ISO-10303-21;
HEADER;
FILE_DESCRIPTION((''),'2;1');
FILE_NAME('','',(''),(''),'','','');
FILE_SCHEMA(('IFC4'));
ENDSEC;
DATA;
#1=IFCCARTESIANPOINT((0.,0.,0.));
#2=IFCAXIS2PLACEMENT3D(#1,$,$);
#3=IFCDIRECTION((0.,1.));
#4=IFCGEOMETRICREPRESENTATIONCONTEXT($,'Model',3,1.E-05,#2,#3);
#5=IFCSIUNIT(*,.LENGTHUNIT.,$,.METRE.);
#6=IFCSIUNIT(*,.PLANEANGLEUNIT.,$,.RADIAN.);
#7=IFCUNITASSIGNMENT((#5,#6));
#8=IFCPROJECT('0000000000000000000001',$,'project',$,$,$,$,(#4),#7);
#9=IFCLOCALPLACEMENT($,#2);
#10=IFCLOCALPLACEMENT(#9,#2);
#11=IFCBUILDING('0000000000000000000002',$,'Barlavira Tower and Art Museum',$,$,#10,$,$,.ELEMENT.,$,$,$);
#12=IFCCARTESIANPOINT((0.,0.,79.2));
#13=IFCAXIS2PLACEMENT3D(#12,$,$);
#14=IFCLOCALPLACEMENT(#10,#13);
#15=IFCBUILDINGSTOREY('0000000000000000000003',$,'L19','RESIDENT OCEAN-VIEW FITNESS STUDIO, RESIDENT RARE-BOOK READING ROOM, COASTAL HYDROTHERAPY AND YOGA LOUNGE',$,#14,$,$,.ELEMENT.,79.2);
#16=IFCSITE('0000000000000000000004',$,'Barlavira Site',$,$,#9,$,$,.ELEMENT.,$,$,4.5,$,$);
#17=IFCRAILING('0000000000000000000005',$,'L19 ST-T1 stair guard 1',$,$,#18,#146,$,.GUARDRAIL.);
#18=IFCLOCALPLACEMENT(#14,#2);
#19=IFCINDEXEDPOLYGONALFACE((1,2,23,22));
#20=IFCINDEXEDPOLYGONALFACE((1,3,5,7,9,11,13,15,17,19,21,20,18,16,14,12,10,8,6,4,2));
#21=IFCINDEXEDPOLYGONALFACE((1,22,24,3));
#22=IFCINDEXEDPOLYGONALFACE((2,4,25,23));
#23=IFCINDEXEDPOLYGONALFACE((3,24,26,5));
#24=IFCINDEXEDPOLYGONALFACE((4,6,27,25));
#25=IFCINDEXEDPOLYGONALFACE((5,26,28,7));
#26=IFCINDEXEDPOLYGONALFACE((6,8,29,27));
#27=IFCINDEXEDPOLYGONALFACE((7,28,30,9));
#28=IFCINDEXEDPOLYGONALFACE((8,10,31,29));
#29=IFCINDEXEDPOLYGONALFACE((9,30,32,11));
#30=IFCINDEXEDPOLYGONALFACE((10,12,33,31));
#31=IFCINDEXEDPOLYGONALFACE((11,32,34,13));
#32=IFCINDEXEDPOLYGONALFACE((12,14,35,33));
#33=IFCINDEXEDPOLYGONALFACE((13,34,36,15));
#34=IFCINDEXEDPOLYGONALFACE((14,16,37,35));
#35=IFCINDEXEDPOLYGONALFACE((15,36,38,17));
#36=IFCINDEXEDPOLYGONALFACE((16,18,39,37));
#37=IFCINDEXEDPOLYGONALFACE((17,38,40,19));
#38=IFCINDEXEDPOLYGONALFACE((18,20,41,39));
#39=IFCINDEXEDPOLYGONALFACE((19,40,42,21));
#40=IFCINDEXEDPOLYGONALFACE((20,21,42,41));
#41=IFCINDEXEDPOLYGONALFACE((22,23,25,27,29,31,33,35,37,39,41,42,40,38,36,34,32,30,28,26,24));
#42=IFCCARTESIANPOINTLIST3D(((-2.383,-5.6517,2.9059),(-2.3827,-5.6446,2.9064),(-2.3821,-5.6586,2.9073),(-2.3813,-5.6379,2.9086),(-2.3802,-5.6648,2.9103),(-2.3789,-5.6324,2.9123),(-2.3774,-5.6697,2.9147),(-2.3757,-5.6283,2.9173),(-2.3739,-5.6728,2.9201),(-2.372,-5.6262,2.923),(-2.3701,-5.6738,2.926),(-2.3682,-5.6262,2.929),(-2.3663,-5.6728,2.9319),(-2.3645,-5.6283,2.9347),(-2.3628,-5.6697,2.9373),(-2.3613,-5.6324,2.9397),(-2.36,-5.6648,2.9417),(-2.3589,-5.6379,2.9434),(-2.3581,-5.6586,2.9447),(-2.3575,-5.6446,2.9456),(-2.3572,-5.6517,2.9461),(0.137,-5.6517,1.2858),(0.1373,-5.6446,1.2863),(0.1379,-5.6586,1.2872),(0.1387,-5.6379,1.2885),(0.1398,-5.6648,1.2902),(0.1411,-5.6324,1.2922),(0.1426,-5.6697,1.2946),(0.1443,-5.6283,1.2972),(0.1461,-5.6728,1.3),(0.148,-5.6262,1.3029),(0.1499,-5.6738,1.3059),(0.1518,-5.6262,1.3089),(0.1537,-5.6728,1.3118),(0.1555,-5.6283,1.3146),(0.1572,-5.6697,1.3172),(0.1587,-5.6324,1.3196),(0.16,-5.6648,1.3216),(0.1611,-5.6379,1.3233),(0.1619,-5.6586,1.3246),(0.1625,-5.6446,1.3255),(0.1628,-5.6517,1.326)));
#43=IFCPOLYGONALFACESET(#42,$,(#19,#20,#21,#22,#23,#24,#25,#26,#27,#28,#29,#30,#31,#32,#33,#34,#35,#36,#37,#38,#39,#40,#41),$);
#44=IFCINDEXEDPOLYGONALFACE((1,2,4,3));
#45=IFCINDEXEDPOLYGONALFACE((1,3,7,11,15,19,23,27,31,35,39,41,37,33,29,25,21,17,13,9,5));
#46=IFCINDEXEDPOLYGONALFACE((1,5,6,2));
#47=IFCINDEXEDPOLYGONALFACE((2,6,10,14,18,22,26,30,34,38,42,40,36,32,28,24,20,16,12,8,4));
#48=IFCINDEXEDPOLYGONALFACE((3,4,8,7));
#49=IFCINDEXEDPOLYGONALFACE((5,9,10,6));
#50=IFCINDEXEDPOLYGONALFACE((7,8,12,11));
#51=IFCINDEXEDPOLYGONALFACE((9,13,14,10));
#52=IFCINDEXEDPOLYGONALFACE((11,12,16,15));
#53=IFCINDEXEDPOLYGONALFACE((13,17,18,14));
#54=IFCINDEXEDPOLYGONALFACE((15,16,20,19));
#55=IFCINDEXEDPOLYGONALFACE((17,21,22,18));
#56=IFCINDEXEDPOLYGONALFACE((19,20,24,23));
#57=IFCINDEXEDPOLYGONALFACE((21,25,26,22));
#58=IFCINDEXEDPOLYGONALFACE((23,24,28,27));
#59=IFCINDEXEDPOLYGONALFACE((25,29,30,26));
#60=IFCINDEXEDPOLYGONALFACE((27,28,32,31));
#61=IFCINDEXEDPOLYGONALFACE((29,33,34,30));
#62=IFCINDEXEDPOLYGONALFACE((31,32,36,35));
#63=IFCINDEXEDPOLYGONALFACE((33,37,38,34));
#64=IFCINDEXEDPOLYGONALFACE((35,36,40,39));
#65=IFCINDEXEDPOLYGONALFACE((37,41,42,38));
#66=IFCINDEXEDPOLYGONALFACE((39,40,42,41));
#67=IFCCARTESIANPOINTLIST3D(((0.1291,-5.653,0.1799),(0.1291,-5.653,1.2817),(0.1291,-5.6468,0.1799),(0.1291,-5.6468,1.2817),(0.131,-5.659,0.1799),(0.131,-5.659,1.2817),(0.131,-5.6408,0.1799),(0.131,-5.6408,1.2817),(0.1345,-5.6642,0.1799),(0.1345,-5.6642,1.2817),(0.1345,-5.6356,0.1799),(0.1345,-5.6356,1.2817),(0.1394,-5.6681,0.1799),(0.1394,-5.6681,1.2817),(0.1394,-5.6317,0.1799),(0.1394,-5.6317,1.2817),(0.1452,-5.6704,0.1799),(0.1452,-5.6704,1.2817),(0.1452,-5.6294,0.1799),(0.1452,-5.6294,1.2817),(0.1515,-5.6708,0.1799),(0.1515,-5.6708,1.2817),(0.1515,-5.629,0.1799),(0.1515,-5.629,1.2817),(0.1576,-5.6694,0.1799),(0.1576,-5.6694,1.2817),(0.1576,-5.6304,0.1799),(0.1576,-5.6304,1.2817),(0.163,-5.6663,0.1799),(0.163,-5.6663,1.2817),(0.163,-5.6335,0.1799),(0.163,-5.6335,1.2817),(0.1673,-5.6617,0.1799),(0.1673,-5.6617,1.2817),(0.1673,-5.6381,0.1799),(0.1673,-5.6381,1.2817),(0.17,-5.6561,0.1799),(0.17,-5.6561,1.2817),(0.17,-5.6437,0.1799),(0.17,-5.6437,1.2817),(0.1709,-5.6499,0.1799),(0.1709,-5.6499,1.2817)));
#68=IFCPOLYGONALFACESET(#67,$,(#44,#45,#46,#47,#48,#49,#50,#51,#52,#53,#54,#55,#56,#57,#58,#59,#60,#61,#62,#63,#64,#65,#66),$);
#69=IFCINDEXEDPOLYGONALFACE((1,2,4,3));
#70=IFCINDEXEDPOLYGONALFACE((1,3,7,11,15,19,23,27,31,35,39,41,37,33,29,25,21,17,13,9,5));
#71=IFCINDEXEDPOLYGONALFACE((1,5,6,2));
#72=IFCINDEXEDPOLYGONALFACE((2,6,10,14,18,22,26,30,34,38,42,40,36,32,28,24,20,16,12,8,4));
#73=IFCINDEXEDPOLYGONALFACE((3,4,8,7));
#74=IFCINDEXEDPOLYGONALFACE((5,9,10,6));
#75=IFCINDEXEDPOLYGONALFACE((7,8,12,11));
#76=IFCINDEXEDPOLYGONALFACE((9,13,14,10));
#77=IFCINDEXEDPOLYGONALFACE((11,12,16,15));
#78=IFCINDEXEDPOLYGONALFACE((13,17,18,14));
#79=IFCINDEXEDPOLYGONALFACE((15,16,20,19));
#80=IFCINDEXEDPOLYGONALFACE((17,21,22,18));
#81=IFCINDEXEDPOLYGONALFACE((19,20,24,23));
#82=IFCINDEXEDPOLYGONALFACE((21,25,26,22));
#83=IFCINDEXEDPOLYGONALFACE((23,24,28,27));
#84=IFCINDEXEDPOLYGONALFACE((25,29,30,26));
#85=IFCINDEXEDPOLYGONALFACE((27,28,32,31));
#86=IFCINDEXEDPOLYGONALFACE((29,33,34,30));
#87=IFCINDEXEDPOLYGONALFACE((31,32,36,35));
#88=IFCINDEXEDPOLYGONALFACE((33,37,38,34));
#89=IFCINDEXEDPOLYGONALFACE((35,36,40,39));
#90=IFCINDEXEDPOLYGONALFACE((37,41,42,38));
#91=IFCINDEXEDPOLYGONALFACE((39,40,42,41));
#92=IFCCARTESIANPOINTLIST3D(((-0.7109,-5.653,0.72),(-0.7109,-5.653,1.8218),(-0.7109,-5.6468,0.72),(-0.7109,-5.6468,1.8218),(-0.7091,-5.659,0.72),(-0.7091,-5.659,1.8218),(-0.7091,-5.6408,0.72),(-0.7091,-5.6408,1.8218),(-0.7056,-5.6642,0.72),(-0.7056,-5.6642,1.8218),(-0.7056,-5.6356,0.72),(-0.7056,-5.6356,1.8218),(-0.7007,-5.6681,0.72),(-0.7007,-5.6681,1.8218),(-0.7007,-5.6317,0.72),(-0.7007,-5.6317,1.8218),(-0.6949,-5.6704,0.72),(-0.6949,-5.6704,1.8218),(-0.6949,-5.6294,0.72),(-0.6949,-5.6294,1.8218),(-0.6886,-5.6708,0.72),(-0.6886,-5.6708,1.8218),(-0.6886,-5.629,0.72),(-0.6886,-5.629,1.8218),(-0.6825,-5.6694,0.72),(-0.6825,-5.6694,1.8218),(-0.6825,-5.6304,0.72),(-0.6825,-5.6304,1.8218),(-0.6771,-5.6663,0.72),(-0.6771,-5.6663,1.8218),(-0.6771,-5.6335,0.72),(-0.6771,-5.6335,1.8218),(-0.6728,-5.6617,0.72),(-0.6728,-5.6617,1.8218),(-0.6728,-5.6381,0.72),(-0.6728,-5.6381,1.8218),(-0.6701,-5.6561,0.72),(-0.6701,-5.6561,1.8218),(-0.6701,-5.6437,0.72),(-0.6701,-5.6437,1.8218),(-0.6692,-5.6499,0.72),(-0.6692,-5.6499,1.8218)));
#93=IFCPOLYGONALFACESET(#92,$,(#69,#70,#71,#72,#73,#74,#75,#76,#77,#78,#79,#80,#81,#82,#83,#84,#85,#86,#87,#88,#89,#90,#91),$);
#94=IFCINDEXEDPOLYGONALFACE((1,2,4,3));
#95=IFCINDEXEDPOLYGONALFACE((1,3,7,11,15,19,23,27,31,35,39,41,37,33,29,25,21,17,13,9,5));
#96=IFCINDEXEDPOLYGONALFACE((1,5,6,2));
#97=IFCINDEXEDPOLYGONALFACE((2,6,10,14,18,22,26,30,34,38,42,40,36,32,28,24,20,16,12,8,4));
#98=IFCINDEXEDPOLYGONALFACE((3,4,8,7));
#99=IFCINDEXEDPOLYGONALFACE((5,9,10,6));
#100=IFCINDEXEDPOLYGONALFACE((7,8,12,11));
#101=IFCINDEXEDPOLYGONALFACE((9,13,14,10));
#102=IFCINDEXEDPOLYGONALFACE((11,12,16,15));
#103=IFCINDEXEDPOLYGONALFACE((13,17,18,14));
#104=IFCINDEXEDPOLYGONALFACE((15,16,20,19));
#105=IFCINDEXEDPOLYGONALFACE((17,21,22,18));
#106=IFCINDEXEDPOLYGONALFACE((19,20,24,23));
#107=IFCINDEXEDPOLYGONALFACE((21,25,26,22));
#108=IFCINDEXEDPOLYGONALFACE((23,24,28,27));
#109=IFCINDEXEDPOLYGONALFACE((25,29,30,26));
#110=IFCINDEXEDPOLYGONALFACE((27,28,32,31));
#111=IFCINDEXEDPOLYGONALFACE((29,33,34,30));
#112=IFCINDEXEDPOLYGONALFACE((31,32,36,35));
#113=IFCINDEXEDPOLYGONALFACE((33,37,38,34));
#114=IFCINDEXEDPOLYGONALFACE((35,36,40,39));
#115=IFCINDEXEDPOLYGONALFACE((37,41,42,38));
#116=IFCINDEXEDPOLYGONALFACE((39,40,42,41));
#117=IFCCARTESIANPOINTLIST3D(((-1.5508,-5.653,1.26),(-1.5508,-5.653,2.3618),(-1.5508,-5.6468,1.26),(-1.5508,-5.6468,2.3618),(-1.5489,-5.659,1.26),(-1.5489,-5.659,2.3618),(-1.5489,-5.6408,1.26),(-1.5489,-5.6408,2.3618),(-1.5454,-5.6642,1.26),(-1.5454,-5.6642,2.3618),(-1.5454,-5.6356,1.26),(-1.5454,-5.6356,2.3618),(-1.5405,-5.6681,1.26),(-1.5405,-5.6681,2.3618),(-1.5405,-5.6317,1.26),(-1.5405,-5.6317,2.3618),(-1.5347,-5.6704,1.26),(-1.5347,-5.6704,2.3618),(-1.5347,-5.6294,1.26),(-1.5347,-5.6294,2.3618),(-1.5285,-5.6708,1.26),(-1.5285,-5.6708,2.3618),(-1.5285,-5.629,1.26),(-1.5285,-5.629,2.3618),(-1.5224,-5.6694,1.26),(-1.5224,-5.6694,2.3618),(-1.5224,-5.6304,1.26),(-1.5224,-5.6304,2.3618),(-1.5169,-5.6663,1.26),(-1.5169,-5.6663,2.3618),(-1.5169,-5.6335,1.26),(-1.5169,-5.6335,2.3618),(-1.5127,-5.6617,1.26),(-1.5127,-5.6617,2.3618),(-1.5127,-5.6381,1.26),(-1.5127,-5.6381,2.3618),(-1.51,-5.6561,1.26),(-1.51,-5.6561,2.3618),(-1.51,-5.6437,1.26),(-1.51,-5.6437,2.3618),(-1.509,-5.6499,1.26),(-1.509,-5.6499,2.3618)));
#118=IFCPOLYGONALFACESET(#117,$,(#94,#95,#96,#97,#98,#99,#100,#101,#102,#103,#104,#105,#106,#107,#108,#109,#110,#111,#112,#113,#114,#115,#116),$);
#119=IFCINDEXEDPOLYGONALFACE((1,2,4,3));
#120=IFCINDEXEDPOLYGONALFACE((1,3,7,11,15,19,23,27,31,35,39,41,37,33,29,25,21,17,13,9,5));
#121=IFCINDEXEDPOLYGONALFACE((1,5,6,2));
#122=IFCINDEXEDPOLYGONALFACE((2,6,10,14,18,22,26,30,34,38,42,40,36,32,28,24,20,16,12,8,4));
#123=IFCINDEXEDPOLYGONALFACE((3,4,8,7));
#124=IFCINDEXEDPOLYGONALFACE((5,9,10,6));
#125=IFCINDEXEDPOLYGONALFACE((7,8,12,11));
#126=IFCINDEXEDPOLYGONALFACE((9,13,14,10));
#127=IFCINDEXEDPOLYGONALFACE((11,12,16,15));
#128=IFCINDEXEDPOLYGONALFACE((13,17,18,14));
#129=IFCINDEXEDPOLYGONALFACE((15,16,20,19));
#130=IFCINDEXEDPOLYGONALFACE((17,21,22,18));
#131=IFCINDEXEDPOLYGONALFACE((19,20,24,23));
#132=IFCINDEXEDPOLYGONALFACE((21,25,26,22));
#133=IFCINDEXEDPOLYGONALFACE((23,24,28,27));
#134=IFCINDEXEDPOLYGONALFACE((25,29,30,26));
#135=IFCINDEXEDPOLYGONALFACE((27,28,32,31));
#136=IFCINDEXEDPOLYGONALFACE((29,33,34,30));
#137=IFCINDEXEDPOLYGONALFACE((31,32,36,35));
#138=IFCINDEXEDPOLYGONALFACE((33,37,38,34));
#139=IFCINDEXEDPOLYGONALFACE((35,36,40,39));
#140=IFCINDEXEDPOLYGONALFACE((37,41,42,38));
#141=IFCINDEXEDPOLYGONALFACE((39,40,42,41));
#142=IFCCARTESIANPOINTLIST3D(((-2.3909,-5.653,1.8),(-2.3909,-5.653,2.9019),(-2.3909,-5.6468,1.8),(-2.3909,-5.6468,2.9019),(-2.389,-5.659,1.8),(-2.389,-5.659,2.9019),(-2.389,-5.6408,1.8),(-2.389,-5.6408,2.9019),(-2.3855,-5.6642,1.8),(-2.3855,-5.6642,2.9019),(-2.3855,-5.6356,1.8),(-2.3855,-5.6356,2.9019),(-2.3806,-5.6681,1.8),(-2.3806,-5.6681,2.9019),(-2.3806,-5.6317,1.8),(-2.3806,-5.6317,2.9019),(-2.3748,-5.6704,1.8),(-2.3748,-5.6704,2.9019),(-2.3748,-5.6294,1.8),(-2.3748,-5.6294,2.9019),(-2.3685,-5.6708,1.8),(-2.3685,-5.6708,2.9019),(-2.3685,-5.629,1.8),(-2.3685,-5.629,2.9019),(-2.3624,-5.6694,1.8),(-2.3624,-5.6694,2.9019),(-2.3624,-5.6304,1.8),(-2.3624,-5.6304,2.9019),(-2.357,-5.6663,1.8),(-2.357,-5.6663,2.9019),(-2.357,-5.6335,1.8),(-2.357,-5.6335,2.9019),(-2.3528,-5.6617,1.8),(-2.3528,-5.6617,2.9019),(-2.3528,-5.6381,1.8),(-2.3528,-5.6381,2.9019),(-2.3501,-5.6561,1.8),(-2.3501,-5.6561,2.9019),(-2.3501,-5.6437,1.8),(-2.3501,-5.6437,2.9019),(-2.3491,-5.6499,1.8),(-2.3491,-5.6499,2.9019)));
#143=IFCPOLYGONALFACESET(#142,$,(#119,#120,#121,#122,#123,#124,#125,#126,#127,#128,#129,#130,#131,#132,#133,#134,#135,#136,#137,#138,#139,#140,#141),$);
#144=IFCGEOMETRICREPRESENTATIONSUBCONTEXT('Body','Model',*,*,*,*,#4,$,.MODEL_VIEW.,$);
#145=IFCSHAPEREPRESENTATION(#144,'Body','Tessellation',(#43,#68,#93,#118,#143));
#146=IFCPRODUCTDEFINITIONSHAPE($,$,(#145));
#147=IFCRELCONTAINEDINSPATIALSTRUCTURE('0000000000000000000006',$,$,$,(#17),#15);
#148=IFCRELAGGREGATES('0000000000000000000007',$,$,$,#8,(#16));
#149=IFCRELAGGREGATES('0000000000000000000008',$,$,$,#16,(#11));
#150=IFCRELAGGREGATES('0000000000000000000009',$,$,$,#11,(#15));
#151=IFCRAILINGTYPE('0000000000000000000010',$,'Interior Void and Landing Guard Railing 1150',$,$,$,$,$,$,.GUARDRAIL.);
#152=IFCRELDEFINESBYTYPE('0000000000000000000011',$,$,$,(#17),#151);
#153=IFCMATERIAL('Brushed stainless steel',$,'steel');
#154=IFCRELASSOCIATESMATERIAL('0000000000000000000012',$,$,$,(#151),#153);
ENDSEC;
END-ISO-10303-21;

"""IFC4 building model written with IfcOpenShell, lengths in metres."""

from ifc_helpers import new_model, si_unit, direction, frame, origin, origin_2d, place, context, subcontext, project, spatial, circle, extrude, material, type_object, element, save


model = new_model("IFC4")

# Units and contexts
model_context = context("Model", 3, precision=1e-05, world=origin(), true_north=direction((0.0, 1.0)))
body_context = subcontext(model_context, "Body", "Model", "MODEL_VIEW")
ifc_project = project(units=[si_unit("LENGTHUNIT", "METRE"), si_unit("PLANEANGLEUNIT", "RADIAN")], contexts=[model_context])

# Site, building, storey
site_placement = place(None, origin())
site = spatial("IfcSite", under=ifc_project, at=site_placement, Name="Barlavira Site", CompositionType="ELEMENT", RefElevation=4.5)
building_placement = place(site_placement, origin())
building = spatial("IfcBuilding", under=site, at=building_placement, Name="Barlavira Tower and Art Museum", CompositionType="ELEMENT")
storey_placement = place(building_placement, frame((0.0, 0.0, 79.2)))
storey = spatial("IfcBuildingStorey", under=building, at=storey_placement, Name="L19", Description="RESIDENT OCEAN-VIEW FITNESS STUDIO, RESIDENT RARE-BOOK READING ROOM, COASTAL HYDROTHERAPY AND YOGA LOUNGE", CompositionType="ELEMENT", Elevation=79.2)

# Shared definitions
ifc_material_1 = material(Name="Brushed stainless steel", Category="steel")

# Railing
railing_type_1 = type_object("IfcRailingType", Name="Interior Void and Landing Guard Railing 1150", PredefinedType="GUARDRAIL", material=ifc_material_1)
railing_1_placement = place(storey_placement, frame((0.1499, -5.6499, 0.1799)))
element("IfcRailing", 1, at=railing_1_placement, inside=storey, type_object=railing_type_1, Name="L19 ST-T1 stair guard 1", PredefinedType="GUARDRAIL", context=body_context, shape_type="SweptSolid", body=[
    extrude(circle(Radius=0.0239, at=origin_2d()), frame((0.0, 0.0, 1.126), z_axis=(-0.841163, 0.0, 0.540782), x_axis=(0.0, -1.0, 0.0)), (0.0, 0.0, 1.0), 2.9958),
    extrude(circle(Radius=0.021, at=origin_2d()), origin(), (0.0, 0.0, 1.0), 1.1018),
    extrude(circle(Radius=0.021, at=origin_2d()), frame((-0.8401, 0.0, 0.54)), (0.0, 0.0, 1.0), 1.1018),
    extrude(circle(Radius=0.021, at=origin_2d()), frame((-1.6799, 0.0, 1.0801)), (0.0, 0.0, 1.0), 1.1018),
    extrude(circle(Radius=0.021, at=origin_2d()), frame((-2.52, 0.0, 1.6201)), (0.0, 0.0, 1.0), 1.1018),
])

save(model, "model.ifc")
